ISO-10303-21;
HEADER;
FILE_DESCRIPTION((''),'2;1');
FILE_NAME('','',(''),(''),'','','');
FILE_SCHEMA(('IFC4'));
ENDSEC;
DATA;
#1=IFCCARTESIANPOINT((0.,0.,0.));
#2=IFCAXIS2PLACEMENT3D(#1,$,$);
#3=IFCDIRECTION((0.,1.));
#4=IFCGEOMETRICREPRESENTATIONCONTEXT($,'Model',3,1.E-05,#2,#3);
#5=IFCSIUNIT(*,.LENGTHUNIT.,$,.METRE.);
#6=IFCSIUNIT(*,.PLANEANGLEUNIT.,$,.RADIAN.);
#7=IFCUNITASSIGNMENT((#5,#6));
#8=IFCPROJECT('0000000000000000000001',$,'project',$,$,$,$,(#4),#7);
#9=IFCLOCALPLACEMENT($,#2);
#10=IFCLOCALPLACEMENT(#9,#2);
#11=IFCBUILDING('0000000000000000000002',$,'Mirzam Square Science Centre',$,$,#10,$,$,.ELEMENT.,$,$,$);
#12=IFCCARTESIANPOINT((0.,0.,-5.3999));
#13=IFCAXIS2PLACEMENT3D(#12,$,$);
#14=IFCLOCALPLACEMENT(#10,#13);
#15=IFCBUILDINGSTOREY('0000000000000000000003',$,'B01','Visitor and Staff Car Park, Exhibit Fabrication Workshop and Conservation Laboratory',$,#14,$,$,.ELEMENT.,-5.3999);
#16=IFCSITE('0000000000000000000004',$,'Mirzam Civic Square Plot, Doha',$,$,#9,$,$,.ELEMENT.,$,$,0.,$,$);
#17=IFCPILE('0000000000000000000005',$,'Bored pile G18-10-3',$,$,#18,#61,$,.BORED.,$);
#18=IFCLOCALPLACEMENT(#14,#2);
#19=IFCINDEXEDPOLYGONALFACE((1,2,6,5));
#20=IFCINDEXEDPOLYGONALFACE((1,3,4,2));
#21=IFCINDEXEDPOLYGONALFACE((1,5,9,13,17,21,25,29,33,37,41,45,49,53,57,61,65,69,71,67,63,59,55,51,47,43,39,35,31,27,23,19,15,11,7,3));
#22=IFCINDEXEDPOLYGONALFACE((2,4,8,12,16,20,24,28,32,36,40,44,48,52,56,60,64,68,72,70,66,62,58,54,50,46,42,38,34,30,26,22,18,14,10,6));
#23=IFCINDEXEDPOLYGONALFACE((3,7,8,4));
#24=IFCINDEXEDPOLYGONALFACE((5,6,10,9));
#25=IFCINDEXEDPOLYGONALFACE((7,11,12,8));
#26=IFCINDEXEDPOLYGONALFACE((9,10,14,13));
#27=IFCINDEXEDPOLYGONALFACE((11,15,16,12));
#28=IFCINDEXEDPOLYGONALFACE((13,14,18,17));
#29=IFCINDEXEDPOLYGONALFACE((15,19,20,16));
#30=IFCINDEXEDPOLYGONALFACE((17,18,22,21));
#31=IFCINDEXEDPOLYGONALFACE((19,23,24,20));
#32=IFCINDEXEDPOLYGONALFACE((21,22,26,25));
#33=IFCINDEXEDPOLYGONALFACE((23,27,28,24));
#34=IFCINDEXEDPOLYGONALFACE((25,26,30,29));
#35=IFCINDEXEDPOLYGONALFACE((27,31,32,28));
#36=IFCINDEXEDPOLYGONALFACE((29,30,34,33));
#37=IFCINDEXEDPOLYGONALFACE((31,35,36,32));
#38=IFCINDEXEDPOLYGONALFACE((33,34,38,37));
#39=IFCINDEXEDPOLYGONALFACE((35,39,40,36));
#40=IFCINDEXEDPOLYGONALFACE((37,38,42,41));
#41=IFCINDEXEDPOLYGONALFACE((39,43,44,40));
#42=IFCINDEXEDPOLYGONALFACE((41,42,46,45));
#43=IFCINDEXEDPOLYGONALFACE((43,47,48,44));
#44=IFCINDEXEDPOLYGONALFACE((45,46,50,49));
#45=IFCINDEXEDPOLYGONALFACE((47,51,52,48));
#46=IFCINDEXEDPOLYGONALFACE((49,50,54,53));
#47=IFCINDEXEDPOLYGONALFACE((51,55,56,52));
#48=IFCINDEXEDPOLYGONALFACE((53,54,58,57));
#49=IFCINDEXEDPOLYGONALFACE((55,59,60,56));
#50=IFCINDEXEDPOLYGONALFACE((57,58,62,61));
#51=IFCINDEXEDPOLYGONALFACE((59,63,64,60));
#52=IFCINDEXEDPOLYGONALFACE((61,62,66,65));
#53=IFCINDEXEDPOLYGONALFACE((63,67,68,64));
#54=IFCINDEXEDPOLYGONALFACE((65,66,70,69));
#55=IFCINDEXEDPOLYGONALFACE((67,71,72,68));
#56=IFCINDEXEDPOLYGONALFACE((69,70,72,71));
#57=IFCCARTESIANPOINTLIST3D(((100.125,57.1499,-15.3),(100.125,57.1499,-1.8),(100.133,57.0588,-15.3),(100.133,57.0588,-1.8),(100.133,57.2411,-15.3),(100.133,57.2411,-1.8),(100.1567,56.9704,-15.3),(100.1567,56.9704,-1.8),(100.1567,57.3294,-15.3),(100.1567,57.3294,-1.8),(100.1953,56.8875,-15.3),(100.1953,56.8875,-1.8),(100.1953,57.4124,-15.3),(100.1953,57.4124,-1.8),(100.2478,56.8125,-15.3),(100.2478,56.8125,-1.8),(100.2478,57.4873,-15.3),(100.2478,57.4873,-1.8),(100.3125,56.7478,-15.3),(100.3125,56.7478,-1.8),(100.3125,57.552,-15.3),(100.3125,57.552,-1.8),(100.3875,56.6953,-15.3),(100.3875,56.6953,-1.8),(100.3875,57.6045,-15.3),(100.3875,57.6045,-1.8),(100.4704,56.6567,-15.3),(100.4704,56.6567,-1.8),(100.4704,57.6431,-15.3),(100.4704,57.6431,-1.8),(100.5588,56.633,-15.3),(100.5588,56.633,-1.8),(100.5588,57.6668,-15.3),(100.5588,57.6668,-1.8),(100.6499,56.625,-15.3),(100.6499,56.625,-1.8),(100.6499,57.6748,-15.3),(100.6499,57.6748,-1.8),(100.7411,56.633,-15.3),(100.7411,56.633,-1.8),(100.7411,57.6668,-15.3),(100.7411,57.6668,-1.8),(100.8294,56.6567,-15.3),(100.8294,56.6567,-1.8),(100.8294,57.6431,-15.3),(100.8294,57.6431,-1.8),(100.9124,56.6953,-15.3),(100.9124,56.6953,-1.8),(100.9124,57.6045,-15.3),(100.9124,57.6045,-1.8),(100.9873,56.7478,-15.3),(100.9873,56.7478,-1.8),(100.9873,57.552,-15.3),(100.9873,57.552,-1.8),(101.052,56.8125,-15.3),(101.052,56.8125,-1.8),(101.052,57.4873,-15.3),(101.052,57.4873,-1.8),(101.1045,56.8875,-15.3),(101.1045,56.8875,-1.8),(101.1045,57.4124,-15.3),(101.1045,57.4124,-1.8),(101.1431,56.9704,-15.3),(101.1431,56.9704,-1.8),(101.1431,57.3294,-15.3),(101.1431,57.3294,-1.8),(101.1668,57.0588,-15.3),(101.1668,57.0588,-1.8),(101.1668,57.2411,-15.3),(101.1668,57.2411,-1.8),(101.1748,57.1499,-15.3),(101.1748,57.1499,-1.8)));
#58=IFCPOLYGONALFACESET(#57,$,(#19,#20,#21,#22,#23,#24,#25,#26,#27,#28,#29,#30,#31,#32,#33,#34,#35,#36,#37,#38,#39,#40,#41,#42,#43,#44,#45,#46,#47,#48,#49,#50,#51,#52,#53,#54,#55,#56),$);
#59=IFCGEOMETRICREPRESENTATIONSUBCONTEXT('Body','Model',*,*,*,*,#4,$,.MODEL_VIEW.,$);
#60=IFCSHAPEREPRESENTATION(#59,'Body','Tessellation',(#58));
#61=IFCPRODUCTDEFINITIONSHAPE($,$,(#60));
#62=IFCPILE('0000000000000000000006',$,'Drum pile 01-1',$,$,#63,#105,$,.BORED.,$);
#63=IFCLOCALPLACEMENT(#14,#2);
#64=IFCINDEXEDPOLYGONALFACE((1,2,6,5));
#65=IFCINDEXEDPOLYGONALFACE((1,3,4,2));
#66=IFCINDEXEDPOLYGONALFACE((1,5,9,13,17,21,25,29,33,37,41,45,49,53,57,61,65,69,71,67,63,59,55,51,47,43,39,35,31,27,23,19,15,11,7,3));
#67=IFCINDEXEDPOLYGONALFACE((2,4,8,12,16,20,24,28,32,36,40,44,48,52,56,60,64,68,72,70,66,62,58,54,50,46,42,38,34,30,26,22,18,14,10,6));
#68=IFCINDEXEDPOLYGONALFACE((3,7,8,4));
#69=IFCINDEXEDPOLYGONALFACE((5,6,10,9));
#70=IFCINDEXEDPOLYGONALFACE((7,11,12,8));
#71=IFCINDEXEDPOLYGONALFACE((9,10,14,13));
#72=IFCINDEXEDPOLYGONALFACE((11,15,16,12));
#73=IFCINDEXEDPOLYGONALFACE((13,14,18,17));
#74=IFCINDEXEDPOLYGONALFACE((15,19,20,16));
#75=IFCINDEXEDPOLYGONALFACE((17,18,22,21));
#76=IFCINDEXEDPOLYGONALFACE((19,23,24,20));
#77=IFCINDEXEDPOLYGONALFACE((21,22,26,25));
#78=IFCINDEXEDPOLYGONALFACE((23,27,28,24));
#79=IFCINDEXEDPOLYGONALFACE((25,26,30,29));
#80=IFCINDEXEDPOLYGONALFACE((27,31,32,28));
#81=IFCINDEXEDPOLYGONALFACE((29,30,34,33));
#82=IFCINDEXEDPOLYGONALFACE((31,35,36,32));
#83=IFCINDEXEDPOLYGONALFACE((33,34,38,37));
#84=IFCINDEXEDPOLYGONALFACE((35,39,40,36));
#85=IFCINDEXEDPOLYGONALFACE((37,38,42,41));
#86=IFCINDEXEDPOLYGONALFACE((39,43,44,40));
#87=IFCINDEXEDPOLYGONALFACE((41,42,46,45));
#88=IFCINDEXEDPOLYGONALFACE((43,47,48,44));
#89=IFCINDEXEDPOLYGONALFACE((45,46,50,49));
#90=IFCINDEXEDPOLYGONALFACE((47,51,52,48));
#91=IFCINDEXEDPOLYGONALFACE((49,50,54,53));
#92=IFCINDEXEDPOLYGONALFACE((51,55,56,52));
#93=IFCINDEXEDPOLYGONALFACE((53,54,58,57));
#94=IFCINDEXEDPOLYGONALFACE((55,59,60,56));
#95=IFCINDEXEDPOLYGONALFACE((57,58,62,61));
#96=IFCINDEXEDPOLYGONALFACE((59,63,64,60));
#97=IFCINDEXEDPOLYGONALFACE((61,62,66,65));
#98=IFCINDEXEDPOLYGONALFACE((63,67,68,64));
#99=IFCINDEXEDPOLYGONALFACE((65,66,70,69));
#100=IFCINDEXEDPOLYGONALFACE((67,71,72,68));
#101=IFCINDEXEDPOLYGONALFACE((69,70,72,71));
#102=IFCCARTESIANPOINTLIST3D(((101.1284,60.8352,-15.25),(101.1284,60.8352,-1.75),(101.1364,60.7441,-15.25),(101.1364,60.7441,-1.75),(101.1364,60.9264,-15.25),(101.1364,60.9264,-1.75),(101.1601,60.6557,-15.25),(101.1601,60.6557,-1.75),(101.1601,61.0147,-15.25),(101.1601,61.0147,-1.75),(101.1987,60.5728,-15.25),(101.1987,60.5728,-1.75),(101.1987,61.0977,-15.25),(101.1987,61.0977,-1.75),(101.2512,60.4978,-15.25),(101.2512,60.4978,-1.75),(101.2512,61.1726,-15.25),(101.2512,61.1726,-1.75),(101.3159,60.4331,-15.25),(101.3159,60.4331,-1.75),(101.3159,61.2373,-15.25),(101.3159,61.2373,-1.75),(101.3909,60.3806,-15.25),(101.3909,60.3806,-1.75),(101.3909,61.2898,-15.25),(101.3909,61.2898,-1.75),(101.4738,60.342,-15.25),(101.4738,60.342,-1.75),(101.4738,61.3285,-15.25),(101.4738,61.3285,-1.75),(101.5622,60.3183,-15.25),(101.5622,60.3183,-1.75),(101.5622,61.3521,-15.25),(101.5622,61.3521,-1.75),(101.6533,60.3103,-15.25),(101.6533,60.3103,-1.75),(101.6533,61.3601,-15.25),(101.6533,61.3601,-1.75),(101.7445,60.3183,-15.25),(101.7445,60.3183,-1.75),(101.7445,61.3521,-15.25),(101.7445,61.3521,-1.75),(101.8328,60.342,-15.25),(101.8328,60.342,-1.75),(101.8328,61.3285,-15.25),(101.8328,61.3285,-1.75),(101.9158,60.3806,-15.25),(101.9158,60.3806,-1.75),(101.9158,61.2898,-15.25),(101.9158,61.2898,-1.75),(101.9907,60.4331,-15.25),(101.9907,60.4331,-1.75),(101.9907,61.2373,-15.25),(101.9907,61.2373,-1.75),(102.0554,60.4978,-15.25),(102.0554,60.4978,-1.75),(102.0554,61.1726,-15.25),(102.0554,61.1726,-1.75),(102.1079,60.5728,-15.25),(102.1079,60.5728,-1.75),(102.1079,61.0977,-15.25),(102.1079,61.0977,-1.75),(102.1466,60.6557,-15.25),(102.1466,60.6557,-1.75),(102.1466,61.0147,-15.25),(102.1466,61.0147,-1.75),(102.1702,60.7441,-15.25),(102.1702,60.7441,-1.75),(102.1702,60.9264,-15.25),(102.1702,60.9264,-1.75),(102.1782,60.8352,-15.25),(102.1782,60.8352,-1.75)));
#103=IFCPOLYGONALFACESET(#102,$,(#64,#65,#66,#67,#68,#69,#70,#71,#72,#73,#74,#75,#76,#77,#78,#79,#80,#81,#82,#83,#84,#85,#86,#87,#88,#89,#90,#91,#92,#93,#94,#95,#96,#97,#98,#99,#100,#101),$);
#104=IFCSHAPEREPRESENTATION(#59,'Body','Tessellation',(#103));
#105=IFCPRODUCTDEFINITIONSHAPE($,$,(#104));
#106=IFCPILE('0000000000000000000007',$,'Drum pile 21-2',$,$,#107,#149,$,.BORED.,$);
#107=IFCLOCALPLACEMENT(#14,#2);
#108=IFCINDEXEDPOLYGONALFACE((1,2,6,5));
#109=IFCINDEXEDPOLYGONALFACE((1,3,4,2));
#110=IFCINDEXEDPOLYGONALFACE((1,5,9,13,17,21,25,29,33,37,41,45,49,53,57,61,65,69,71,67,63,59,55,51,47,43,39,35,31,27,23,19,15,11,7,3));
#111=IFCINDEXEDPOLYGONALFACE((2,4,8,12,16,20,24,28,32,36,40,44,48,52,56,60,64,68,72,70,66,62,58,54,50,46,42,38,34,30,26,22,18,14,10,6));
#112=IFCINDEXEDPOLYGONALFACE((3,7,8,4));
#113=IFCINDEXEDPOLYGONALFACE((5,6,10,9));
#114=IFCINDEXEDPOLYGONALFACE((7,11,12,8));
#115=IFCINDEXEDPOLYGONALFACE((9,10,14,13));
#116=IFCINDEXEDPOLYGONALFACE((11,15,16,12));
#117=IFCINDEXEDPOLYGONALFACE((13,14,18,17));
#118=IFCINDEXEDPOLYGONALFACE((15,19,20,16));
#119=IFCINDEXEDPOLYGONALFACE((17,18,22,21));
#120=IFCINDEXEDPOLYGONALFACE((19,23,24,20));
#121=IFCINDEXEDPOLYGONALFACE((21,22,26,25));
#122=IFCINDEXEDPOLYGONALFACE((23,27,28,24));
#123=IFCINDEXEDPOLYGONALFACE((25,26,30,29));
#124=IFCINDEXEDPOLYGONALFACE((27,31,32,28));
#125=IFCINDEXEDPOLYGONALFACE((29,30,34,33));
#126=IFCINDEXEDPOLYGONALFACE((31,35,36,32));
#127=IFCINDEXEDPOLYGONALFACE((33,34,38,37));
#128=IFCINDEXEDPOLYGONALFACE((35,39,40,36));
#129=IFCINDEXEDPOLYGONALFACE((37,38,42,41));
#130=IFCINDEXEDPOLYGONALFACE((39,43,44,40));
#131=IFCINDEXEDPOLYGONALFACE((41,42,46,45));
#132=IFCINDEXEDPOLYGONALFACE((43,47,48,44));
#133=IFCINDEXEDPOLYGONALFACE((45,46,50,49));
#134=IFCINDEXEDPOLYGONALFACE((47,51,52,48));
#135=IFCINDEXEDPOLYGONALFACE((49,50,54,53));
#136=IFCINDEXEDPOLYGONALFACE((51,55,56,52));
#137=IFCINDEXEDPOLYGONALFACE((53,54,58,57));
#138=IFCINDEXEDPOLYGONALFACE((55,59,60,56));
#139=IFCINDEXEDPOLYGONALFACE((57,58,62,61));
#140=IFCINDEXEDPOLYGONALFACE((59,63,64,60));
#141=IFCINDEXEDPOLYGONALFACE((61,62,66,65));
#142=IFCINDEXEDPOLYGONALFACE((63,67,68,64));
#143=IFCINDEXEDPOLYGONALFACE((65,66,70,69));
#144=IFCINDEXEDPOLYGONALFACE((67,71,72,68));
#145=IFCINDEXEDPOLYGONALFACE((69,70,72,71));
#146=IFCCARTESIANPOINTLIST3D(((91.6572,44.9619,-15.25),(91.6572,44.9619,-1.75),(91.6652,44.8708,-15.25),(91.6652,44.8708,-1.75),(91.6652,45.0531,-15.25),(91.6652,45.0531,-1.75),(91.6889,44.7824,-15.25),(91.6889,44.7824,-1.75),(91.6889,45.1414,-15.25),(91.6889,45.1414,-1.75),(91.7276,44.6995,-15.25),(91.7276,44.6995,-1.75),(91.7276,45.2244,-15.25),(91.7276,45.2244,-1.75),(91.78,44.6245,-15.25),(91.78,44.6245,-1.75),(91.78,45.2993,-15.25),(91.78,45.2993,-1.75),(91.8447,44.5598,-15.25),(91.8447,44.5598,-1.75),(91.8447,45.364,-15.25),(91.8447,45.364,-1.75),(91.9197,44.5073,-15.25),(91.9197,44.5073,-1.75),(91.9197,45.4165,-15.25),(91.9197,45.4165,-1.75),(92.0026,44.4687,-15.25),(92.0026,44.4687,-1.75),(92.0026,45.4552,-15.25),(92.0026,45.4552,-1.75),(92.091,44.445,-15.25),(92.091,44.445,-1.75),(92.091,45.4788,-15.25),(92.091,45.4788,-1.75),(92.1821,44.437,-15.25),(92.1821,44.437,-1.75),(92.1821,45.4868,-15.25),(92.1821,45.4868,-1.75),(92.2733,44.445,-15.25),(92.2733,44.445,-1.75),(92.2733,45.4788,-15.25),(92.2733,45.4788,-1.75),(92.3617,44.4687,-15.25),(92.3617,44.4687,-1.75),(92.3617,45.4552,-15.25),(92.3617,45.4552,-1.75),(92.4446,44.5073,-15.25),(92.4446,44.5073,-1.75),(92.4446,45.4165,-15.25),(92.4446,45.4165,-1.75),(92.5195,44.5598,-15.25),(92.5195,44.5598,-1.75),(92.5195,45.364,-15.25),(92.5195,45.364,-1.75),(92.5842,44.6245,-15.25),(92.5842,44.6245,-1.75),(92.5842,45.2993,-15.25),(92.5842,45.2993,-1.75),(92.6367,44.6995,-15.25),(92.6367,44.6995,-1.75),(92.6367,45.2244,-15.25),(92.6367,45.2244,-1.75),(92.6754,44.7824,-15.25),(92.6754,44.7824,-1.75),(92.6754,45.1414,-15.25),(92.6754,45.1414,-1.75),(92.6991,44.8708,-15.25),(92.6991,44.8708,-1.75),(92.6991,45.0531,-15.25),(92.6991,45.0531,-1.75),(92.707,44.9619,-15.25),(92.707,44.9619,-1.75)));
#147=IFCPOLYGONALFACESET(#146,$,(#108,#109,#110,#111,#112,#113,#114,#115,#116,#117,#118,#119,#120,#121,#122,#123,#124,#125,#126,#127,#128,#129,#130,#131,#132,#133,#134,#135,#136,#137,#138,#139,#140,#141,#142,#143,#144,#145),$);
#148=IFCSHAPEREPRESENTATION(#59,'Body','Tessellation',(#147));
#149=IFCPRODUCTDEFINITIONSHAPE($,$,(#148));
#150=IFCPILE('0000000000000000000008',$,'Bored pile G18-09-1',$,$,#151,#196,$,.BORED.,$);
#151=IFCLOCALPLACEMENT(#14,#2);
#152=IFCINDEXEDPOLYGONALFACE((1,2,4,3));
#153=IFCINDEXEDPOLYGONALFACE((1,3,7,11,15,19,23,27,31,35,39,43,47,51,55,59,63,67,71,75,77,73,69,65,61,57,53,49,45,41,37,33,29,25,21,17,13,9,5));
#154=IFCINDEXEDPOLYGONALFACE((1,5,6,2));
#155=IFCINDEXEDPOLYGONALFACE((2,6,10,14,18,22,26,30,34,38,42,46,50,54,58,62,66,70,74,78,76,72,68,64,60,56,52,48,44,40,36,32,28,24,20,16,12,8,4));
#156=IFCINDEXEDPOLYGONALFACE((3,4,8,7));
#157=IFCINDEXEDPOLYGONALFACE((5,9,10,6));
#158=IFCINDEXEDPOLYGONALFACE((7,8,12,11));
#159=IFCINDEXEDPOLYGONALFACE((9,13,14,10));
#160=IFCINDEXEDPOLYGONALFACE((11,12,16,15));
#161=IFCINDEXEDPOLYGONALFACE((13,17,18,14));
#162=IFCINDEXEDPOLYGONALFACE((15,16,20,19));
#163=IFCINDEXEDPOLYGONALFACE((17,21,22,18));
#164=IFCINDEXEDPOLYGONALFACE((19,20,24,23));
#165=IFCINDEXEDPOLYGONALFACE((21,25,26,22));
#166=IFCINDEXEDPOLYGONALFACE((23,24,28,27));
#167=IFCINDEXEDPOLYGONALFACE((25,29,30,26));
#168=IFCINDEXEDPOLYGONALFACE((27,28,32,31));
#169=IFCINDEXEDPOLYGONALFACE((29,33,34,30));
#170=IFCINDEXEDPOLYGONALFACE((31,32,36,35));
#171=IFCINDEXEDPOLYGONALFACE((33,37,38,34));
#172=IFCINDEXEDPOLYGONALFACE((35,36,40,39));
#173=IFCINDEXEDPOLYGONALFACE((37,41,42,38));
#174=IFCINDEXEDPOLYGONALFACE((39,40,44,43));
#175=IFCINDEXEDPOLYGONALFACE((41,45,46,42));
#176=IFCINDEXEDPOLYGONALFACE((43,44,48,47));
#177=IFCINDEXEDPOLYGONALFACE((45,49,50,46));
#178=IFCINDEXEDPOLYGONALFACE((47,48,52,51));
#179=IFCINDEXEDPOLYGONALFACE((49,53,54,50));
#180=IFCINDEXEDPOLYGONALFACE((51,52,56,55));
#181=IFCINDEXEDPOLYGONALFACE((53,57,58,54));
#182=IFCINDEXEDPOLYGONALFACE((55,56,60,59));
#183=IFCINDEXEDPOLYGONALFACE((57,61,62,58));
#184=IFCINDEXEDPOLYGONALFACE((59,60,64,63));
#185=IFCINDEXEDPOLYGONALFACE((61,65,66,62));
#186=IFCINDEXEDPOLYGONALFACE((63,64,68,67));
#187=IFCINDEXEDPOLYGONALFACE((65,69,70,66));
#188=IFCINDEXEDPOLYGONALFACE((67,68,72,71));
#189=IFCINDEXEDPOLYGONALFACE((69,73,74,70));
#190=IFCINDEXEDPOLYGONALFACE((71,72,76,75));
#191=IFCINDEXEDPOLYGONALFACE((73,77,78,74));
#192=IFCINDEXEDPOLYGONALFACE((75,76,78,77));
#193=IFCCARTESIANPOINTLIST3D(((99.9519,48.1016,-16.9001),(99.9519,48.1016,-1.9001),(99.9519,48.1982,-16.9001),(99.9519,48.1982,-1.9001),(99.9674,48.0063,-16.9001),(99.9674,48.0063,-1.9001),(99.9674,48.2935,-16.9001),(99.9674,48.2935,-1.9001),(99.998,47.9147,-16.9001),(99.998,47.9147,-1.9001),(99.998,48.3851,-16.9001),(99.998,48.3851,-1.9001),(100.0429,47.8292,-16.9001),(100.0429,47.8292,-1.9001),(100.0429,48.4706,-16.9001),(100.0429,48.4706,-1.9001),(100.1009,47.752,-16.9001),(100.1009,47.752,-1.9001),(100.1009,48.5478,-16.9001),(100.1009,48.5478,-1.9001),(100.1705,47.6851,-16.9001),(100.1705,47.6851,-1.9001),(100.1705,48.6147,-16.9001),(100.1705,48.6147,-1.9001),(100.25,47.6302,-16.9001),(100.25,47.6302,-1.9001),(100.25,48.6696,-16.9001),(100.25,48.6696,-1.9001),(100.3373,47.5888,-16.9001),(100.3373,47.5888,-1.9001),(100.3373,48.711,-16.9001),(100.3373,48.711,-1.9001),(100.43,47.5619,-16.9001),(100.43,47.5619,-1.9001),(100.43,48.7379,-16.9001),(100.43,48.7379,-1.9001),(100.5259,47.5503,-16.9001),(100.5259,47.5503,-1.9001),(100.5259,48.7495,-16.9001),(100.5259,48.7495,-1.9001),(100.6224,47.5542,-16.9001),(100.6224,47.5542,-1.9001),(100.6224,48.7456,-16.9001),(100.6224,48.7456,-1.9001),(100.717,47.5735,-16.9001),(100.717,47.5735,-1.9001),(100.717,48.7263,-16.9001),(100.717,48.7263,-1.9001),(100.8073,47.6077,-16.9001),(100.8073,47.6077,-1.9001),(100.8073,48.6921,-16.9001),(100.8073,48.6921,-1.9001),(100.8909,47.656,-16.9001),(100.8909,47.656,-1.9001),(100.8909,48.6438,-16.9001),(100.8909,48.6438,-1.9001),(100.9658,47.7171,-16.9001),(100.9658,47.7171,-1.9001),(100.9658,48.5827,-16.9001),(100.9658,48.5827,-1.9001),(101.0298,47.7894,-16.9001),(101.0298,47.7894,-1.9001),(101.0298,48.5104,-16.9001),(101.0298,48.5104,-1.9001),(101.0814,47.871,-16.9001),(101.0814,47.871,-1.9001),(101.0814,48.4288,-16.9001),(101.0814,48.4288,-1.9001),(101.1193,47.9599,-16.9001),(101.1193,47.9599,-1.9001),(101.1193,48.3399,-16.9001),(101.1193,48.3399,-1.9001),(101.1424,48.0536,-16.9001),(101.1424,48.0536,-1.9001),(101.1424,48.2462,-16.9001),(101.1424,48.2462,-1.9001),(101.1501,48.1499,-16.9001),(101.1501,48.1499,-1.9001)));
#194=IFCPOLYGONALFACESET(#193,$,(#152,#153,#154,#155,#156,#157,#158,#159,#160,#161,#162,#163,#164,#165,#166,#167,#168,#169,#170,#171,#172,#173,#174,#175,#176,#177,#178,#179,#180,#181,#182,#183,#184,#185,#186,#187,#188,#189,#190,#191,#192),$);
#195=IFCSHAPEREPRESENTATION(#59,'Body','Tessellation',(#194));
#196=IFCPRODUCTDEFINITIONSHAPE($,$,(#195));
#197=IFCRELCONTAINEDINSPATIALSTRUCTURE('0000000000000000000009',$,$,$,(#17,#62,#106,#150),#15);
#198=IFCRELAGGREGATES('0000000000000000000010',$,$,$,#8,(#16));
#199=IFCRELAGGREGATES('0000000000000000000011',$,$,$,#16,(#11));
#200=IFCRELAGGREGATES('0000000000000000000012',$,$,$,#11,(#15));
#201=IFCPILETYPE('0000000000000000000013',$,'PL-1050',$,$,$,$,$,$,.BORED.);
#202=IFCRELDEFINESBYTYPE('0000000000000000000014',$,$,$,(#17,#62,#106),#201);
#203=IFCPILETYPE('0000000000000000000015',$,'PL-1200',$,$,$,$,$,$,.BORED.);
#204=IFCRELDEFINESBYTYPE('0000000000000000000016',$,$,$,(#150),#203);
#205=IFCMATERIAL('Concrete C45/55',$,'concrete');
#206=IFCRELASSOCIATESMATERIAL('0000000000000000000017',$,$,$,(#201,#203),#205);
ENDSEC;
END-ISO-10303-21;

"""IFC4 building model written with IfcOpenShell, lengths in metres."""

from ifc_helpers import new_model, si_unit, direction, frame, origin, origin_2d, place, context, subcontext, project, spatial, circle, extrude, material, material_profile, profile_set, type_object, element, save


model = new_model("IFC4")

# Units and contexts
model_context = context("Model", 3, precision=1e-05, world=origin(), true_north=direction((0.0, 1.0)))
body_context = subcontext(model_context, "Body", "Model", "MODEL_VIEW")
ifc_project = project(units=[si_unit("LENGTHUNIT", "METRE"), si_unit("PLANEANGLEUNIT", "RADIAN")], contexts=[model_context])

# Site, building, storey
site_placement = place(None, origin())
site = spatial("IfcSite", under=ifc_project, at=site_placement, Name="Mirzam Civic Square Plot, Doha", CompositionType="ELEMENT", RefElevation=0.0)
building_placement = place(site_placement, origin())
building = spatial("IfcBuilding", under=site, at=building_placement, Name="Mirzam Square Science Centre", CompositionType="ELEMENT")
storey_placement = place(building_placement, frame((0.0, 0.0, -5.3999)))
storey = spatial("IfcBuildingStorey", under=building, at=storey_placement, Name="B01", Description="Visitor and Staff Car Park, Exhibit Fabrication Workshop and Conservation Laboratory", CompositionType="ELEMENT", Elevation=-5.3999)

# Shared definitions
ifc_material_1 = material(Name="Concrete C45/55", Category="concrete")

# Piles
ifc_material_profile_1 = material_profile(ifc_material_1, circle(Radius=0.5249, at=origin_2d()), Name="PILE-D1050")
ifc_profile_set_1 = profile_set([ifc_material_profile_1], Name="Concrete C45/55")
pile_type_1 = type_object("IfcPileType", Name="PL-1050", PredefinedType="BORED", material=ifc_profile_set_1)
for number, where, z_axis, x_axis, name in (
    (1, (100.6499, 57.1499, -1.8), (0.0, 0.0, -1.0), (1.0, 0.0, 0.0), "Bored pile G18-10-3"),
    (2, (101.6533, 60.8352, -1.75), (0.0, 0.0, -1.0), (1.0, 0.0, 0.0), "Drum pile 01-1"),
    (3, (92.1821, 44.9619, -1.75), (0.0, 0.0, -1.0), (1.0, 0.0, 0.0), "Drum pile 21-2"),
):
    element("IfcPile", number, at=place(storey_placement, frame(where, z_axis=z_axis, x_axis=x_axis)), inside=storey, type_object=pile_type_1, Name=name, PredefinedType="BORED", context=body_context, shape_type="SweptSolid", body=[
        extrude(circle(Radius=0.5249, at=origin_2d()), origin(), (0.0, 0.0, 1.0), 13.5),
    ])
ifc_material_profile_2 = material_profile(ifc_material_1, circle(Radius=0.6001, at=origin_2d()), Name="PILE-D1200")
ifc_profile_set_2 = profile_set([ifc_material_profile_2], Name="Concrete C45/55")
pile_type_2 = type_object("IfcPileType", Name="PL-1200", PredefinedType="BORED", material=ifc_profile_set_2)
for number, where, z_axis, x_axis, name in (
    (4, (100.55, 48.1499, -1.9001), (0.0, 0.0, -1.0), (1.0, 0.0, 0.0), "Bored pile G18-09-1"),
):
    element("IfcPile", number, at=place(storey_placement, frame(where, z_axis=z_axis, x_axis=x_axis)), inside=storey, type_object=pile_type_2, Name=name, PredefinedType="BORED", context=body_context, shape_type="SweptSolid", body=[
        extrude(circle(Radius=0.6001, at=origin_2d()), origin(), (0.0, 0.0, 1.0), 15.0),
    ])

save(model, "model.ifc")
